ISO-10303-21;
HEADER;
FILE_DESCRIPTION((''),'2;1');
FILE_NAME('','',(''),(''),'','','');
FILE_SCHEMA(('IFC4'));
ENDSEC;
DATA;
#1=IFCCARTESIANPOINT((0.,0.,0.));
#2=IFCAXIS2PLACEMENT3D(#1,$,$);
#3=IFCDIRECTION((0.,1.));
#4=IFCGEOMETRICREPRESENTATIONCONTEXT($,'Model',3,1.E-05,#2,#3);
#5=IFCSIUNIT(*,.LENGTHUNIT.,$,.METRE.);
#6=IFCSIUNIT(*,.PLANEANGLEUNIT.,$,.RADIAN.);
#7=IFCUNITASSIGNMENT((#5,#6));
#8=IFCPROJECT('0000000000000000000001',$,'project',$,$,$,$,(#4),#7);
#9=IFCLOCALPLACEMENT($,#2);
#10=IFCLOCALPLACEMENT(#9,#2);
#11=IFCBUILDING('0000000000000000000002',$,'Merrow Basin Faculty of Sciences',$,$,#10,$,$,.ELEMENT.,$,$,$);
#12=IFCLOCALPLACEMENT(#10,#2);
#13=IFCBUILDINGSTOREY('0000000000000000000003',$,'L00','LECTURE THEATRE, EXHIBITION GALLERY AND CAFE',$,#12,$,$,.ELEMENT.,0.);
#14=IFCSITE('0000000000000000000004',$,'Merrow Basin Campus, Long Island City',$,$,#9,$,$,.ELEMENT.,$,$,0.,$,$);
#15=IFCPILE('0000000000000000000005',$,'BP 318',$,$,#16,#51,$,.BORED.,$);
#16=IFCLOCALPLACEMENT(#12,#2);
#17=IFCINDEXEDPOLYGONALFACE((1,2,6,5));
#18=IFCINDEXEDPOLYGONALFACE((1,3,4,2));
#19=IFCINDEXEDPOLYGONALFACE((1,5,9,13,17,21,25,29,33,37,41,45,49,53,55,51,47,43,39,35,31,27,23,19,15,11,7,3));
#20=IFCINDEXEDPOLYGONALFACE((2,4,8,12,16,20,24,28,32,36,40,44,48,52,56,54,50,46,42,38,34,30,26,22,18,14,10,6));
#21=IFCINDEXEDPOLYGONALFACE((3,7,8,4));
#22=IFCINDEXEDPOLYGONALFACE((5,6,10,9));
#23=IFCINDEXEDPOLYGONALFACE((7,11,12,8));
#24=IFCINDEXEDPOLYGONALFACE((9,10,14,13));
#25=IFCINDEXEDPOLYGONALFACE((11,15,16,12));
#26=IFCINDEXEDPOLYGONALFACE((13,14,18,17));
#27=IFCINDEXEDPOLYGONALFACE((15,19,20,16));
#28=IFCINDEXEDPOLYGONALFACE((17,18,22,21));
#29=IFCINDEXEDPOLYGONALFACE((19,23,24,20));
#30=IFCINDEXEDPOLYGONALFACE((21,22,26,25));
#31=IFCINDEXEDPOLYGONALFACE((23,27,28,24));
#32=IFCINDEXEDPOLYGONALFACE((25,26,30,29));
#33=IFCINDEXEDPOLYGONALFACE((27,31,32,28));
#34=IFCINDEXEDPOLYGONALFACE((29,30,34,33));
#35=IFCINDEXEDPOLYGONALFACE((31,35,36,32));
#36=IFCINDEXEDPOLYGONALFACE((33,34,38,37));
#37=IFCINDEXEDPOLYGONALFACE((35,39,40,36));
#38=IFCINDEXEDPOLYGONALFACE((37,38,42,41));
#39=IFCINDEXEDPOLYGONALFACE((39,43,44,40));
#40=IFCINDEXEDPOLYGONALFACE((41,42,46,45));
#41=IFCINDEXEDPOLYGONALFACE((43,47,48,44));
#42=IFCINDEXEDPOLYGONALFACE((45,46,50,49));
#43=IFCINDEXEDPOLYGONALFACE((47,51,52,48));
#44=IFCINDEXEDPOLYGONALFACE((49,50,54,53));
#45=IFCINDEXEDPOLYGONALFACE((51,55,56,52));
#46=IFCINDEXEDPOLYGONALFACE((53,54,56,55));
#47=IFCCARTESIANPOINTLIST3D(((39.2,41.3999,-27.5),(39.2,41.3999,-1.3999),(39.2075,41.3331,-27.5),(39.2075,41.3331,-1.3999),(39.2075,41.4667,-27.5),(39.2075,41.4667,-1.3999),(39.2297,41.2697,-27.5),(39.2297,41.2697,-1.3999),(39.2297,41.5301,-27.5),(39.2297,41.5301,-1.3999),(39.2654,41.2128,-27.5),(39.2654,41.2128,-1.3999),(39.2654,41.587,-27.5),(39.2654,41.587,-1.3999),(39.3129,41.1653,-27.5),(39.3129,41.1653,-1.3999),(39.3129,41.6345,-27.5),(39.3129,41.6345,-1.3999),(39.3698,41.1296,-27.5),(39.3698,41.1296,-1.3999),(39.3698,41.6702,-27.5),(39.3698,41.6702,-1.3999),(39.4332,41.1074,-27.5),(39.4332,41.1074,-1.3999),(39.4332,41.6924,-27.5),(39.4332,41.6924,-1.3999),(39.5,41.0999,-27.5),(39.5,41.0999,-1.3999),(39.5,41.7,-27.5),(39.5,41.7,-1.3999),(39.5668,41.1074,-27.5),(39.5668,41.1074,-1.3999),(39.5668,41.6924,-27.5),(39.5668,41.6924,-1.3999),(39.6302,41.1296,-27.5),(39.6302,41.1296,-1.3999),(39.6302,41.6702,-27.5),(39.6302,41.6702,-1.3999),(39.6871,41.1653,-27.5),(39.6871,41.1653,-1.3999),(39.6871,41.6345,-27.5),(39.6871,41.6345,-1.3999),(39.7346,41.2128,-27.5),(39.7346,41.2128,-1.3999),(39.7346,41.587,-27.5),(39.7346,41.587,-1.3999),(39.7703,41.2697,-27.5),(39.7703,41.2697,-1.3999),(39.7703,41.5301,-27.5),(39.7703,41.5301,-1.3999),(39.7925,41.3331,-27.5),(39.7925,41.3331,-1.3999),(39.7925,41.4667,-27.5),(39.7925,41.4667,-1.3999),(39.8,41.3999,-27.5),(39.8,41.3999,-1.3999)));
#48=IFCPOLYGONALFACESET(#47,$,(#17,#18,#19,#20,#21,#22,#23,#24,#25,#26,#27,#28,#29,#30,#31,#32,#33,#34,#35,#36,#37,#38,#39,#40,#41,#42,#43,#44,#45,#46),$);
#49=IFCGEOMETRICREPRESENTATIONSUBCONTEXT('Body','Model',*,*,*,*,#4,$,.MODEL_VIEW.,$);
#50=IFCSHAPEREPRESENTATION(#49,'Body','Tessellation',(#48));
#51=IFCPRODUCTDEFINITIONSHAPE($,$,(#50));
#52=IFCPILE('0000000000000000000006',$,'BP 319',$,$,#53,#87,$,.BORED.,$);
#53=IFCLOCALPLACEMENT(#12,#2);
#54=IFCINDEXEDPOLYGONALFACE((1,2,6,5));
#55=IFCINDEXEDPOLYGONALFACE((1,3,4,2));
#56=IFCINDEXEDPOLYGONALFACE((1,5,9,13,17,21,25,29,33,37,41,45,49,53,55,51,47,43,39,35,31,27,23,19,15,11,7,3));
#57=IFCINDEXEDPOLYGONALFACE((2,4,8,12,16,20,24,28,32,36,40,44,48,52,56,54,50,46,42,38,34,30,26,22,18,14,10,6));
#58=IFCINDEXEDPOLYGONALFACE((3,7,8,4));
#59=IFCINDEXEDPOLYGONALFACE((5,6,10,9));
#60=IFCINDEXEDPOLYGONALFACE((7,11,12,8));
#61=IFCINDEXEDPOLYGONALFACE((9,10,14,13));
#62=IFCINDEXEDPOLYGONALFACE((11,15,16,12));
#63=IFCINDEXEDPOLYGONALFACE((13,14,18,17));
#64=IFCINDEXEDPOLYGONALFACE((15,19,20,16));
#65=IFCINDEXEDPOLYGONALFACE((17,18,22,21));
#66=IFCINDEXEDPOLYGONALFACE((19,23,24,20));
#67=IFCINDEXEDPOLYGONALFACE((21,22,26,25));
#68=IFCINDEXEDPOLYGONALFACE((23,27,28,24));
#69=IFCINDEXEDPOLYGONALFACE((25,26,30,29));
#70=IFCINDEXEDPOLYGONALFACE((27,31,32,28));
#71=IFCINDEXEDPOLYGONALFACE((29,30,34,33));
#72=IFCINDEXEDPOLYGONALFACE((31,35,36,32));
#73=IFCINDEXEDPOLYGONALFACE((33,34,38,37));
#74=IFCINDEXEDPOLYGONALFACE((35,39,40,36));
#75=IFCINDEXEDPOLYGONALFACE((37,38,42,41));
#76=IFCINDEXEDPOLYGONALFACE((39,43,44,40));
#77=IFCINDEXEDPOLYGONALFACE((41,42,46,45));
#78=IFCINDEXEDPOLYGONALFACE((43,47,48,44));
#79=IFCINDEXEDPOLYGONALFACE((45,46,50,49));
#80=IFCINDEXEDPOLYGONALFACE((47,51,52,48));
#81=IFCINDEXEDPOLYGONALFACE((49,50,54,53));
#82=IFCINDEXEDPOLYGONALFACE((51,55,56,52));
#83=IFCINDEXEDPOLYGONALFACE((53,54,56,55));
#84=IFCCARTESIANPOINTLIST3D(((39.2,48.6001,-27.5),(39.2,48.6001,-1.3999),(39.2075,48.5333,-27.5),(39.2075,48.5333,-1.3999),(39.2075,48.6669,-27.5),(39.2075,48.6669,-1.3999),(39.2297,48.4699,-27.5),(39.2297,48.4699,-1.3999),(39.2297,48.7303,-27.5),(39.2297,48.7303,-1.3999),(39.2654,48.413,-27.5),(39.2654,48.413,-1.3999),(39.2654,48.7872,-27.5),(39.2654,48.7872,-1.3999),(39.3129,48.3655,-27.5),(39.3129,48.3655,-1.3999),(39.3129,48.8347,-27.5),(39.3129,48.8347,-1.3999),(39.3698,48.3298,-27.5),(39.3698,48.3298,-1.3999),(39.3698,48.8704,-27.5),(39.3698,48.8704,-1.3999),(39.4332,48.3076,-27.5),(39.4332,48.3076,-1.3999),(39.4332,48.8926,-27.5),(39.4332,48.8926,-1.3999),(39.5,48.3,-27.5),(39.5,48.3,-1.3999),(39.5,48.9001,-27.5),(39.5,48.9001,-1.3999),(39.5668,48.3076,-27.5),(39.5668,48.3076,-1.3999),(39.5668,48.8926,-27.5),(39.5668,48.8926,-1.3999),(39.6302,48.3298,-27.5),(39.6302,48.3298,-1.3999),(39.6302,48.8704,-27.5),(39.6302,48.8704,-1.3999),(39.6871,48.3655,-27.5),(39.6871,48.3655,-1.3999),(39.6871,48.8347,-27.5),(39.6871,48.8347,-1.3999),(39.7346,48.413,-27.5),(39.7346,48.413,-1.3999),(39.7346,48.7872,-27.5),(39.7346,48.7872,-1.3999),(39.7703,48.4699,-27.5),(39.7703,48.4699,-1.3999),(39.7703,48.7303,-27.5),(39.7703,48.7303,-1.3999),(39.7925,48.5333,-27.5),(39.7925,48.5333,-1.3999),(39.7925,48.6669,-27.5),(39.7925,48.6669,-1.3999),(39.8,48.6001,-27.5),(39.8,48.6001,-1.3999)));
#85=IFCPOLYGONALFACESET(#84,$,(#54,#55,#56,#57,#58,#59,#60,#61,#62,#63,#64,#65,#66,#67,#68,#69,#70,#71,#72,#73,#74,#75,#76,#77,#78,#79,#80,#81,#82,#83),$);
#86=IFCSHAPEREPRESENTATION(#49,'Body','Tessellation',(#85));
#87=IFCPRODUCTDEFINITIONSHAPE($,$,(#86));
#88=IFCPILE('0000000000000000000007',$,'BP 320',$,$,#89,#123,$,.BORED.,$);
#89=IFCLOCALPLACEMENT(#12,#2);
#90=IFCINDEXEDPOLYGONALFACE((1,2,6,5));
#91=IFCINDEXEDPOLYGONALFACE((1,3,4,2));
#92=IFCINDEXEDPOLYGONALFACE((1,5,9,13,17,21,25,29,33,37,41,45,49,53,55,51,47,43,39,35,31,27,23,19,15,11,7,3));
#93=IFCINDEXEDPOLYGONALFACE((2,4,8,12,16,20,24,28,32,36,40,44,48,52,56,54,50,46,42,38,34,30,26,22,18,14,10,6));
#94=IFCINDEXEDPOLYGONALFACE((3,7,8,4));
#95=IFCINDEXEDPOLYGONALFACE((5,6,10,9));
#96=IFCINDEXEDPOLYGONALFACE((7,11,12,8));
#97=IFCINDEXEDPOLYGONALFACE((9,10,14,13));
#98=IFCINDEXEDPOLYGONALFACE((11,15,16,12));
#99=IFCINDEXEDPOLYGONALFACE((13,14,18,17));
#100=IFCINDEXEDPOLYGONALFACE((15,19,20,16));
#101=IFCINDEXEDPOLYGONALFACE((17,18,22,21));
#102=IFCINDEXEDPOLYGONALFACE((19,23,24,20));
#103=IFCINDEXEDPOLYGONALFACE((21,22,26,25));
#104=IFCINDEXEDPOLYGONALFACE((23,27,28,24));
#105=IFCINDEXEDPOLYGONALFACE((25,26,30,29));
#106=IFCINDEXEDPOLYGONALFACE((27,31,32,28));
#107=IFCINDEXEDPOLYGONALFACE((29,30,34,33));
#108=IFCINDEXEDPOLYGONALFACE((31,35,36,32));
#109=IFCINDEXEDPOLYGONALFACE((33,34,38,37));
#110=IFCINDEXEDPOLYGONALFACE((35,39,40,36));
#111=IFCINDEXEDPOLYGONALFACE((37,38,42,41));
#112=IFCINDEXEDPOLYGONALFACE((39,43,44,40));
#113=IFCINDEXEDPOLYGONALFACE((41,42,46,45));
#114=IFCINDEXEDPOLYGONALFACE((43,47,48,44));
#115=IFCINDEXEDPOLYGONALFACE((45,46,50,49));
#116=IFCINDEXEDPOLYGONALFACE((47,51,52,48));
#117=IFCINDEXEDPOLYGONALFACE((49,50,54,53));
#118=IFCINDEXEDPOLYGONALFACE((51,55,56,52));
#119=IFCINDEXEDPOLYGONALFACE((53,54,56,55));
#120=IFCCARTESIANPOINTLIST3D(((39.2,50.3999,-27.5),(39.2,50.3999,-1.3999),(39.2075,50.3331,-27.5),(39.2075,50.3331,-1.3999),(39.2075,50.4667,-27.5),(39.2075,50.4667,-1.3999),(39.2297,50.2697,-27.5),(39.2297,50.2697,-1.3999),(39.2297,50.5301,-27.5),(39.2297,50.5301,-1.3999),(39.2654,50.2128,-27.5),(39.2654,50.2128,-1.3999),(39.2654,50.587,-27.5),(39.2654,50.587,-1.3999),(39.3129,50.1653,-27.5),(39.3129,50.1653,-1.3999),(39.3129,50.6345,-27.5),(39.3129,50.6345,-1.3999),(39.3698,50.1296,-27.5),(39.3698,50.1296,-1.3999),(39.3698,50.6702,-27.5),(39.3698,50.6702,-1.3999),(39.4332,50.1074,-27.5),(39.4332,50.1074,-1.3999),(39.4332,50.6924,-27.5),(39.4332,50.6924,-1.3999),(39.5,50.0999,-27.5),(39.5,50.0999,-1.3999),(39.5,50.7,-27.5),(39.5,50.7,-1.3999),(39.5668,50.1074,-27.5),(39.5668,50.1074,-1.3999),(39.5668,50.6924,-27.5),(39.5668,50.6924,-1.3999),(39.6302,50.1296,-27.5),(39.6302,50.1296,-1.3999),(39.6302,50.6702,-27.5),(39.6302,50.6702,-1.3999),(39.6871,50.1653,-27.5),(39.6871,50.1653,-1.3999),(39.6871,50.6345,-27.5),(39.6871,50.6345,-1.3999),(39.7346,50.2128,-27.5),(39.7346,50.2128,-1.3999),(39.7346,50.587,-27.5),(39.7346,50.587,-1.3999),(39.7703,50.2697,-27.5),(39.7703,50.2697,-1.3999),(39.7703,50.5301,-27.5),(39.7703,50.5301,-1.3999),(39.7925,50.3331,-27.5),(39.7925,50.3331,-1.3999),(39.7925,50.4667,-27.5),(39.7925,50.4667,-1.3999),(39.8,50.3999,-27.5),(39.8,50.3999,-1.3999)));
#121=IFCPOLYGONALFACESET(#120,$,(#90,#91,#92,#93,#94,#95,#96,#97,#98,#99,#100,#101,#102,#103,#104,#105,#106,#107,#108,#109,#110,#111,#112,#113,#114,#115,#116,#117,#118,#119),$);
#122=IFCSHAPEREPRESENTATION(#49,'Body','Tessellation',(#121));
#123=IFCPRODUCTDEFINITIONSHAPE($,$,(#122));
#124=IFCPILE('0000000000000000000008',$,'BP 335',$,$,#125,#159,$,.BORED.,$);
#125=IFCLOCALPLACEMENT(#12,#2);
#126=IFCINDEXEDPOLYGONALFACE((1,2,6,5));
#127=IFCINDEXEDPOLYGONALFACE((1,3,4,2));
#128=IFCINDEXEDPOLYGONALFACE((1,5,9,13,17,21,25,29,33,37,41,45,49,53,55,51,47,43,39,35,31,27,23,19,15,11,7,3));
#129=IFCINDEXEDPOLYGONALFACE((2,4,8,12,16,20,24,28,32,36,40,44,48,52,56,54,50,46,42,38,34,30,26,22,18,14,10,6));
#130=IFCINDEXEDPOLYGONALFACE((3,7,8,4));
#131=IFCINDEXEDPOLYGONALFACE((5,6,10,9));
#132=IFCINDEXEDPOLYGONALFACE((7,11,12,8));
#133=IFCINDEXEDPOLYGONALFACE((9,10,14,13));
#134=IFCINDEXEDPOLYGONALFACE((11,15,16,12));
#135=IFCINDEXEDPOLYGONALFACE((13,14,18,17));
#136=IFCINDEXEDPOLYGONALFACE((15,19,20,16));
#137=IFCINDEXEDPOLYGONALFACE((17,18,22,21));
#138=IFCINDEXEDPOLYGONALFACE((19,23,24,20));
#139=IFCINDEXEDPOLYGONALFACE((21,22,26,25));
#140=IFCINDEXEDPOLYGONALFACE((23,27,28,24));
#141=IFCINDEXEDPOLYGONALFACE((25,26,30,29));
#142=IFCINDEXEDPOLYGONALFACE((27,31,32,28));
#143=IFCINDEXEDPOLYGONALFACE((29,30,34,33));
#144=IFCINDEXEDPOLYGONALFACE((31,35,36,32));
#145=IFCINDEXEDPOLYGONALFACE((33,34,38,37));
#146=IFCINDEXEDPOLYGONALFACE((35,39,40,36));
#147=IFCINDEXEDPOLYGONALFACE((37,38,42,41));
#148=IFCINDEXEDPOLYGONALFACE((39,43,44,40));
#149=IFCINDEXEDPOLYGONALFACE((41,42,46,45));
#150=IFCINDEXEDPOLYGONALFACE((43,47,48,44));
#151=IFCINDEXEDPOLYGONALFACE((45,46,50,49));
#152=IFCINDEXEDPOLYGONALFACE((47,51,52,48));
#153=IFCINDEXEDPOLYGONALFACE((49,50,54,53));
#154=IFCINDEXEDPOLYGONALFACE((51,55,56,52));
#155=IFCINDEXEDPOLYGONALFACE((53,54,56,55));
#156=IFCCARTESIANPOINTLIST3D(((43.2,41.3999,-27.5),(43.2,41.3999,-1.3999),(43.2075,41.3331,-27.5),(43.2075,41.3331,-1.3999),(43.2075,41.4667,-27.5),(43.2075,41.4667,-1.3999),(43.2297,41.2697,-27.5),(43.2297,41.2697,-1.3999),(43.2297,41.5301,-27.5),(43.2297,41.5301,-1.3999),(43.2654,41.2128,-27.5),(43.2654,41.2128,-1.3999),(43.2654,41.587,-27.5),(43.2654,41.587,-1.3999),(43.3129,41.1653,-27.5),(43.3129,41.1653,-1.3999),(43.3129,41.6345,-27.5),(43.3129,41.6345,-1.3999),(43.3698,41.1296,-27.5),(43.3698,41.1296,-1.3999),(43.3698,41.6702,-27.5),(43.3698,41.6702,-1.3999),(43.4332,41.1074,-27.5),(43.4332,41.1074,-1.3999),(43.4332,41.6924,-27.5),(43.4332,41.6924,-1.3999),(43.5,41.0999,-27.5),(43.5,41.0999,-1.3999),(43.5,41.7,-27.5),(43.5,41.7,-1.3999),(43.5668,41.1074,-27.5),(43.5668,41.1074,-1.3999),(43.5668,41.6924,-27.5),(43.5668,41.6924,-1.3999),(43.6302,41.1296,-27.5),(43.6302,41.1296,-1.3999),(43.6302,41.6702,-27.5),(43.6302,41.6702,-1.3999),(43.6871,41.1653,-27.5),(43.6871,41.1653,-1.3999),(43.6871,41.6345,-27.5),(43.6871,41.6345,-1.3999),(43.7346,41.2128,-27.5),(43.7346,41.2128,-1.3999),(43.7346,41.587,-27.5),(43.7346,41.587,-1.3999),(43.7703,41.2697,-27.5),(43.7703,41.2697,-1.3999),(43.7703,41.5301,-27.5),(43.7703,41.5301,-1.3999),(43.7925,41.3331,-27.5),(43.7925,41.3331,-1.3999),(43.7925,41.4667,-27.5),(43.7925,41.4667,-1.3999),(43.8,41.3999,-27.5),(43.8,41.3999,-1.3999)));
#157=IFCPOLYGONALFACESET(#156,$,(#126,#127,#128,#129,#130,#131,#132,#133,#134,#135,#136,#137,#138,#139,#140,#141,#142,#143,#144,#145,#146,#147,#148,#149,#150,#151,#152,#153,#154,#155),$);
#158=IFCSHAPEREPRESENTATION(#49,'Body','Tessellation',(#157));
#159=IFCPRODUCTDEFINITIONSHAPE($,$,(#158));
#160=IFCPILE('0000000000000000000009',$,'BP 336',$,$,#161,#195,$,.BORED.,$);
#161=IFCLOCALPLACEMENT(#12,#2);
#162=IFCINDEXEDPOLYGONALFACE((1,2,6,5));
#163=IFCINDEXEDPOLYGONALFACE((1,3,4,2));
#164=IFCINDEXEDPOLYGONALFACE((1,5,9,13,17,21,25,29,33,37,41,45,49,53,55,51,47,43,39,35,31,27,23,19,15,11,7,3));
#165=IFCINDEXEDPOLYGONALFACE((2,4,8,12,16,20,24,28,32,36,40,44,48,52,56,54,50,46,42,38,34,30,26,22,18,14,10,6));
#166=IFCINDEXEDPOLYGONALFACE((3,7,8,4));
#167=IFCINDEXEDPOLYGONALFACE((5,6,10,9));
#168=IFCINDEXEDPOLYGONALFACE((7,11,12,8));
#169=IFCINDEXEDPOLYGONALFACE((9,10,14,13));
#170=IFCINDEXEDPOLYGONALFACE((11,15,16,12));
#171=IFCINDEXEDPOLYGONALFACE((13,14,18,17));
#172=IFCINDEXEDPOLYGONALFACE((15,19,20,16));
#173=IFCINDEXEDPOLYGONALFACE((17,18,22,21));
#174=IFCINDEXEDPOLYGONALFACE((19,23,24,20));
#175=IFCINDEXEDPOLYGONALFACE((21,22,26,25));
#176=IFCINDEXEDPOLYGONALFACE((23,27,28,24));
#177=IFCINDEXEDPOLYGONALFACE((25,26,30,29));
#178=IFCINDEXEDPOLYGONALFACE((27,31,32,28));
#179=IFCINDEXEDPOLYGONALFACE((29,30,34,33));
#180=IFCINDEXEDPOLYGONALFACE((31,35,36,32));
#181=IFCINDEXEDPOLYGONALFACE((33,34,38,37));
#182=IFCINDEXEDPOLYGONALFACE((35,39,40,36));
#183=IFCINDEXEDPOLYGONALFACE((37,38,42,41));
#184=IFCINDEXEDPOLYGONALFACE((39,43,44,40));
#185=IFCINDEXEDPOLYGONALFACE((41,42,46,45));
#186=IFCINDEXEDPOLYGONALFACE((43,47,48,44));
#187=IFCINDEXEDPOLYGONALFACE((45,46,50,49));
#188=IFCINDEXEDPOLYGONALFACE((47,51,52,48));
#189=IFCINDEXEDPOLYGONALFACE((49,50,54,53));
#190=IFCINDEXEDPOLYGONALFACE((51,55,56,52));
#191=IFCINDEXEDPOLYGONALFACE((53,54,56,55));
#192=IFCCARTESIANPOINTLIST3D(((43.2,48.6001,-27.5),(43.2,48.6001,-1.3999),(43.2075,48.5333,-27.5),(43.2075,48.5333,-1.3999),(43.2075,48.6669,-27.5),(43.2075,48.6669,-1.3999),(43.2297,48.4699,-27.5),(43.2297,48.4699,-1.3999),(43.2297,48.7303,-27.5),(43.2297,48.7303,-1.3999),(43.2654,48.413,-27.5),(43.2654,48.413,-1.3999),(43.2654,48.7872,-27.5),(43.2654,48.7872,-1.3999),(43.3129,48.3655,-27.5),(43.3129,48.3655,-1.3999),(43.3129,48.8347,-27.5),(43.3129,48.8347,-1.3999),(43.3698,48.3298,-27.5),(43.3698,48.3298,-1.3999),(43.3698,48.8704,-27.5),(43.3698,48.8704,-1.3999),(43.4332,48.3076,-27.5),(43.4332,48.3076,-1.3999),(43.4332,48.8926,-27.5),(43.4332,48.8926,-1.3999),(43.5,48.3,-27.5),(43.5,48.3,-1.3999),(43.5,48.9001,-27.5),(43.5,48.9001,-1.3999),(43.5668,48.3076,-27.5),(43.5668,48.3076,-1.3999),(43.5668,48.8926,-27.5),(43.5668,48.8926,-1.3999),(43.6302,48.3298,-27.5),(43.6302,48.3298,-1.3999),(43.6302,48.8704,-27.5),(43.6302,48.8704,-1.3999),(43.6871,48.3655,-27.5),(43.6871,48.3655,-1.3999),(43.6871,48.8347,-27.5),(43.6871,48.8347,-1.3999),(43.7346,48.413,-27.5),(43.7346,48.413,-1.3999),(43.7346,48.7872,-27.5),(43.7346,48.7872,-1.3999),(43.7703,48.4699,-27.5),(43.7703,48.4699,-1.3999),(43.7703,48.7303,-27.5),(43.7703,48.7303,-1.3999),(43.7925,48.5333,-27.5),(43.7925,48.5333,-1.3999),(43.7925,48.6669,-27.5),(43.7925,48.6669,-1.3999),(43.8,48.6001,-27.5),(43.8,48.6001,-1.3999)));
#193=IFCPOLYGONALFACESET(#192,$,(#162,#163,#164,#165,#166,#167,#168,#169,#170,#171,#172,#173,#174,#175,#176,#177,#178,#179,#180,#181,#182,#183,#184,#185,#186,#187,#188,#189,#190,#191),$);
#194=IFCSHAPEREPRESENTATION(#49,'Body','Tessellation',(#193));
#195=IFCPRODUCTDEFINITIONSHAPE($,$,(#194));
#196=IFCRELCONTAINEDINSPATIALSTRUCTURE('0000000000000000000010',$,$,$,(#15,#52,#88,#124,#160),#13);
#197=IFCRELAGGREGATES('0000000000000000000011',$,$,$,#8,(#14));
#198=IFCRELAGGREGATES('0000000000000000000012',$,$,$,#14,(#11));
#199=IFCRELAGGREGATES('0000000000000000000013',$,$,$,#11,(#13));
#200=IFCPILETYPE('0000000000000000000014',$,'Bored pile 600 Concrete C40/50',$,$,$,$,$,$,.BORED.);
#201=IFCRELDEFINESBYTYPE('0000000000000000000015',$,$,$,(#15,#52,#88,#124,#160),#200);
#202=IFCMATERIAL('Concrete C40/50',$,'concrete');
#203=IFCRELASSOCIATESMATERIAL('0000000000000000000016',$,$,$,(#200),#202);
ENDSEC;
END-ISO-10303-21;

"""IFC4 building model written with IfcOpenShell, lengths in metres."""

from ifc_helpers import new_model, si_unit, direction, frame, origin, origin_2d, place, context, subcontext, project, spatial, circle, extrude, material, material_profile, profile_set, type_object, element, save


model = new_model("IFC4")

# Units and contexts
model_context = context("Model", 3, precision=1e-05, world=origin(), true_north=direction((0.0, 1.0)))
body_context = subcontext(model_context, "Body", "Model", "MODEL_VIEW")
ifc_project = project(units=[si_unit("LENGTHUNIT", "METRE"), si_unit("PLANEANGLEUNIT", "RADIAN")], contexts=[model_context])

# Site, building, storey
site_placement = place(None, origin())
site = spatial("IfcSite", under=ifc_project, at=site_placement, Name="Merrow Basin Campus, Long Island City", CompositionType="ELEMENT", RefElevation=0.0)
building_placement = place(site_placement, origin())
building = spatial("IfcBuilding", under=site, at=building_placement, Name="Merrow Basin Faculty of Sciences", CompositionType="ELEMENT")
storey_placement = place(building_placement, origin())
storey = spatial("IfcBuildingStorey", under=building, at=storey_placement, Name="L00", Description="LECTURE THEATRE, EXHIBITION GALLERY AND CAFE", CompositionType="ELEMENT", Elevation=0.0)

# Piles
ifc_material_1 = material(Name="Concrete C40/50", Category="concrete")
ifc_material_profile_1 = material_profile(ifc_material_1, circle(Radius=0.3, at=origin_2d()))
ifc_profile_set_1 = profile_set([ifc_material_profile_1], Name="Concrete C40/50")
pile_type_1 = type_object("IfcPileType", Name="Bored pile 600 Concrete C40/50", PredefinedType="BORED", material=ifc_profile_set_1)
for number, where, z_axis, x_axis, name in (
    (1, (39.5, 41.3999, -1.3999), (0.0, 0.0, -1.0), (1.0, 0.0, 0.0), "BP 318"),
    (2, (39.5, 48.6001, -1.3999), (0.0, 0.0, -1.0), (1.0, 0.0, 0.0), "BP 319"),
    (3, (39.5, 50.3999, -1.3999), (0.0, 0.0, -1.0), (1.0, 0.0, 0.0), "BP 320"),
    (4, (43.5, 41.3999, -1.3999), (0.0, 0.0, -1.0), (1.0, 0.0, 0.0), "BP 335"),
    (5, (43.5, 48.6001, -1.3999), (0.0, 0.0, -1.0), (1.0, 0.0, 0.0), "BP 336"),
):
    element("IfcPile", number, at=place(storey_placement, frame(where, z_axis=z_axis, x_axis=x_axis)), inside=storey, type_object=pile_type_1, Name=name, PredefinedType="BORED", context=body_context, shape_type="SweptSolid", body=[
        extrude(circle(Radius=0.3, at=origin_2d()), origin(), (0.0, 0.0, 1.0), 26.1001),
    ])

save(model, "model.ifc")
